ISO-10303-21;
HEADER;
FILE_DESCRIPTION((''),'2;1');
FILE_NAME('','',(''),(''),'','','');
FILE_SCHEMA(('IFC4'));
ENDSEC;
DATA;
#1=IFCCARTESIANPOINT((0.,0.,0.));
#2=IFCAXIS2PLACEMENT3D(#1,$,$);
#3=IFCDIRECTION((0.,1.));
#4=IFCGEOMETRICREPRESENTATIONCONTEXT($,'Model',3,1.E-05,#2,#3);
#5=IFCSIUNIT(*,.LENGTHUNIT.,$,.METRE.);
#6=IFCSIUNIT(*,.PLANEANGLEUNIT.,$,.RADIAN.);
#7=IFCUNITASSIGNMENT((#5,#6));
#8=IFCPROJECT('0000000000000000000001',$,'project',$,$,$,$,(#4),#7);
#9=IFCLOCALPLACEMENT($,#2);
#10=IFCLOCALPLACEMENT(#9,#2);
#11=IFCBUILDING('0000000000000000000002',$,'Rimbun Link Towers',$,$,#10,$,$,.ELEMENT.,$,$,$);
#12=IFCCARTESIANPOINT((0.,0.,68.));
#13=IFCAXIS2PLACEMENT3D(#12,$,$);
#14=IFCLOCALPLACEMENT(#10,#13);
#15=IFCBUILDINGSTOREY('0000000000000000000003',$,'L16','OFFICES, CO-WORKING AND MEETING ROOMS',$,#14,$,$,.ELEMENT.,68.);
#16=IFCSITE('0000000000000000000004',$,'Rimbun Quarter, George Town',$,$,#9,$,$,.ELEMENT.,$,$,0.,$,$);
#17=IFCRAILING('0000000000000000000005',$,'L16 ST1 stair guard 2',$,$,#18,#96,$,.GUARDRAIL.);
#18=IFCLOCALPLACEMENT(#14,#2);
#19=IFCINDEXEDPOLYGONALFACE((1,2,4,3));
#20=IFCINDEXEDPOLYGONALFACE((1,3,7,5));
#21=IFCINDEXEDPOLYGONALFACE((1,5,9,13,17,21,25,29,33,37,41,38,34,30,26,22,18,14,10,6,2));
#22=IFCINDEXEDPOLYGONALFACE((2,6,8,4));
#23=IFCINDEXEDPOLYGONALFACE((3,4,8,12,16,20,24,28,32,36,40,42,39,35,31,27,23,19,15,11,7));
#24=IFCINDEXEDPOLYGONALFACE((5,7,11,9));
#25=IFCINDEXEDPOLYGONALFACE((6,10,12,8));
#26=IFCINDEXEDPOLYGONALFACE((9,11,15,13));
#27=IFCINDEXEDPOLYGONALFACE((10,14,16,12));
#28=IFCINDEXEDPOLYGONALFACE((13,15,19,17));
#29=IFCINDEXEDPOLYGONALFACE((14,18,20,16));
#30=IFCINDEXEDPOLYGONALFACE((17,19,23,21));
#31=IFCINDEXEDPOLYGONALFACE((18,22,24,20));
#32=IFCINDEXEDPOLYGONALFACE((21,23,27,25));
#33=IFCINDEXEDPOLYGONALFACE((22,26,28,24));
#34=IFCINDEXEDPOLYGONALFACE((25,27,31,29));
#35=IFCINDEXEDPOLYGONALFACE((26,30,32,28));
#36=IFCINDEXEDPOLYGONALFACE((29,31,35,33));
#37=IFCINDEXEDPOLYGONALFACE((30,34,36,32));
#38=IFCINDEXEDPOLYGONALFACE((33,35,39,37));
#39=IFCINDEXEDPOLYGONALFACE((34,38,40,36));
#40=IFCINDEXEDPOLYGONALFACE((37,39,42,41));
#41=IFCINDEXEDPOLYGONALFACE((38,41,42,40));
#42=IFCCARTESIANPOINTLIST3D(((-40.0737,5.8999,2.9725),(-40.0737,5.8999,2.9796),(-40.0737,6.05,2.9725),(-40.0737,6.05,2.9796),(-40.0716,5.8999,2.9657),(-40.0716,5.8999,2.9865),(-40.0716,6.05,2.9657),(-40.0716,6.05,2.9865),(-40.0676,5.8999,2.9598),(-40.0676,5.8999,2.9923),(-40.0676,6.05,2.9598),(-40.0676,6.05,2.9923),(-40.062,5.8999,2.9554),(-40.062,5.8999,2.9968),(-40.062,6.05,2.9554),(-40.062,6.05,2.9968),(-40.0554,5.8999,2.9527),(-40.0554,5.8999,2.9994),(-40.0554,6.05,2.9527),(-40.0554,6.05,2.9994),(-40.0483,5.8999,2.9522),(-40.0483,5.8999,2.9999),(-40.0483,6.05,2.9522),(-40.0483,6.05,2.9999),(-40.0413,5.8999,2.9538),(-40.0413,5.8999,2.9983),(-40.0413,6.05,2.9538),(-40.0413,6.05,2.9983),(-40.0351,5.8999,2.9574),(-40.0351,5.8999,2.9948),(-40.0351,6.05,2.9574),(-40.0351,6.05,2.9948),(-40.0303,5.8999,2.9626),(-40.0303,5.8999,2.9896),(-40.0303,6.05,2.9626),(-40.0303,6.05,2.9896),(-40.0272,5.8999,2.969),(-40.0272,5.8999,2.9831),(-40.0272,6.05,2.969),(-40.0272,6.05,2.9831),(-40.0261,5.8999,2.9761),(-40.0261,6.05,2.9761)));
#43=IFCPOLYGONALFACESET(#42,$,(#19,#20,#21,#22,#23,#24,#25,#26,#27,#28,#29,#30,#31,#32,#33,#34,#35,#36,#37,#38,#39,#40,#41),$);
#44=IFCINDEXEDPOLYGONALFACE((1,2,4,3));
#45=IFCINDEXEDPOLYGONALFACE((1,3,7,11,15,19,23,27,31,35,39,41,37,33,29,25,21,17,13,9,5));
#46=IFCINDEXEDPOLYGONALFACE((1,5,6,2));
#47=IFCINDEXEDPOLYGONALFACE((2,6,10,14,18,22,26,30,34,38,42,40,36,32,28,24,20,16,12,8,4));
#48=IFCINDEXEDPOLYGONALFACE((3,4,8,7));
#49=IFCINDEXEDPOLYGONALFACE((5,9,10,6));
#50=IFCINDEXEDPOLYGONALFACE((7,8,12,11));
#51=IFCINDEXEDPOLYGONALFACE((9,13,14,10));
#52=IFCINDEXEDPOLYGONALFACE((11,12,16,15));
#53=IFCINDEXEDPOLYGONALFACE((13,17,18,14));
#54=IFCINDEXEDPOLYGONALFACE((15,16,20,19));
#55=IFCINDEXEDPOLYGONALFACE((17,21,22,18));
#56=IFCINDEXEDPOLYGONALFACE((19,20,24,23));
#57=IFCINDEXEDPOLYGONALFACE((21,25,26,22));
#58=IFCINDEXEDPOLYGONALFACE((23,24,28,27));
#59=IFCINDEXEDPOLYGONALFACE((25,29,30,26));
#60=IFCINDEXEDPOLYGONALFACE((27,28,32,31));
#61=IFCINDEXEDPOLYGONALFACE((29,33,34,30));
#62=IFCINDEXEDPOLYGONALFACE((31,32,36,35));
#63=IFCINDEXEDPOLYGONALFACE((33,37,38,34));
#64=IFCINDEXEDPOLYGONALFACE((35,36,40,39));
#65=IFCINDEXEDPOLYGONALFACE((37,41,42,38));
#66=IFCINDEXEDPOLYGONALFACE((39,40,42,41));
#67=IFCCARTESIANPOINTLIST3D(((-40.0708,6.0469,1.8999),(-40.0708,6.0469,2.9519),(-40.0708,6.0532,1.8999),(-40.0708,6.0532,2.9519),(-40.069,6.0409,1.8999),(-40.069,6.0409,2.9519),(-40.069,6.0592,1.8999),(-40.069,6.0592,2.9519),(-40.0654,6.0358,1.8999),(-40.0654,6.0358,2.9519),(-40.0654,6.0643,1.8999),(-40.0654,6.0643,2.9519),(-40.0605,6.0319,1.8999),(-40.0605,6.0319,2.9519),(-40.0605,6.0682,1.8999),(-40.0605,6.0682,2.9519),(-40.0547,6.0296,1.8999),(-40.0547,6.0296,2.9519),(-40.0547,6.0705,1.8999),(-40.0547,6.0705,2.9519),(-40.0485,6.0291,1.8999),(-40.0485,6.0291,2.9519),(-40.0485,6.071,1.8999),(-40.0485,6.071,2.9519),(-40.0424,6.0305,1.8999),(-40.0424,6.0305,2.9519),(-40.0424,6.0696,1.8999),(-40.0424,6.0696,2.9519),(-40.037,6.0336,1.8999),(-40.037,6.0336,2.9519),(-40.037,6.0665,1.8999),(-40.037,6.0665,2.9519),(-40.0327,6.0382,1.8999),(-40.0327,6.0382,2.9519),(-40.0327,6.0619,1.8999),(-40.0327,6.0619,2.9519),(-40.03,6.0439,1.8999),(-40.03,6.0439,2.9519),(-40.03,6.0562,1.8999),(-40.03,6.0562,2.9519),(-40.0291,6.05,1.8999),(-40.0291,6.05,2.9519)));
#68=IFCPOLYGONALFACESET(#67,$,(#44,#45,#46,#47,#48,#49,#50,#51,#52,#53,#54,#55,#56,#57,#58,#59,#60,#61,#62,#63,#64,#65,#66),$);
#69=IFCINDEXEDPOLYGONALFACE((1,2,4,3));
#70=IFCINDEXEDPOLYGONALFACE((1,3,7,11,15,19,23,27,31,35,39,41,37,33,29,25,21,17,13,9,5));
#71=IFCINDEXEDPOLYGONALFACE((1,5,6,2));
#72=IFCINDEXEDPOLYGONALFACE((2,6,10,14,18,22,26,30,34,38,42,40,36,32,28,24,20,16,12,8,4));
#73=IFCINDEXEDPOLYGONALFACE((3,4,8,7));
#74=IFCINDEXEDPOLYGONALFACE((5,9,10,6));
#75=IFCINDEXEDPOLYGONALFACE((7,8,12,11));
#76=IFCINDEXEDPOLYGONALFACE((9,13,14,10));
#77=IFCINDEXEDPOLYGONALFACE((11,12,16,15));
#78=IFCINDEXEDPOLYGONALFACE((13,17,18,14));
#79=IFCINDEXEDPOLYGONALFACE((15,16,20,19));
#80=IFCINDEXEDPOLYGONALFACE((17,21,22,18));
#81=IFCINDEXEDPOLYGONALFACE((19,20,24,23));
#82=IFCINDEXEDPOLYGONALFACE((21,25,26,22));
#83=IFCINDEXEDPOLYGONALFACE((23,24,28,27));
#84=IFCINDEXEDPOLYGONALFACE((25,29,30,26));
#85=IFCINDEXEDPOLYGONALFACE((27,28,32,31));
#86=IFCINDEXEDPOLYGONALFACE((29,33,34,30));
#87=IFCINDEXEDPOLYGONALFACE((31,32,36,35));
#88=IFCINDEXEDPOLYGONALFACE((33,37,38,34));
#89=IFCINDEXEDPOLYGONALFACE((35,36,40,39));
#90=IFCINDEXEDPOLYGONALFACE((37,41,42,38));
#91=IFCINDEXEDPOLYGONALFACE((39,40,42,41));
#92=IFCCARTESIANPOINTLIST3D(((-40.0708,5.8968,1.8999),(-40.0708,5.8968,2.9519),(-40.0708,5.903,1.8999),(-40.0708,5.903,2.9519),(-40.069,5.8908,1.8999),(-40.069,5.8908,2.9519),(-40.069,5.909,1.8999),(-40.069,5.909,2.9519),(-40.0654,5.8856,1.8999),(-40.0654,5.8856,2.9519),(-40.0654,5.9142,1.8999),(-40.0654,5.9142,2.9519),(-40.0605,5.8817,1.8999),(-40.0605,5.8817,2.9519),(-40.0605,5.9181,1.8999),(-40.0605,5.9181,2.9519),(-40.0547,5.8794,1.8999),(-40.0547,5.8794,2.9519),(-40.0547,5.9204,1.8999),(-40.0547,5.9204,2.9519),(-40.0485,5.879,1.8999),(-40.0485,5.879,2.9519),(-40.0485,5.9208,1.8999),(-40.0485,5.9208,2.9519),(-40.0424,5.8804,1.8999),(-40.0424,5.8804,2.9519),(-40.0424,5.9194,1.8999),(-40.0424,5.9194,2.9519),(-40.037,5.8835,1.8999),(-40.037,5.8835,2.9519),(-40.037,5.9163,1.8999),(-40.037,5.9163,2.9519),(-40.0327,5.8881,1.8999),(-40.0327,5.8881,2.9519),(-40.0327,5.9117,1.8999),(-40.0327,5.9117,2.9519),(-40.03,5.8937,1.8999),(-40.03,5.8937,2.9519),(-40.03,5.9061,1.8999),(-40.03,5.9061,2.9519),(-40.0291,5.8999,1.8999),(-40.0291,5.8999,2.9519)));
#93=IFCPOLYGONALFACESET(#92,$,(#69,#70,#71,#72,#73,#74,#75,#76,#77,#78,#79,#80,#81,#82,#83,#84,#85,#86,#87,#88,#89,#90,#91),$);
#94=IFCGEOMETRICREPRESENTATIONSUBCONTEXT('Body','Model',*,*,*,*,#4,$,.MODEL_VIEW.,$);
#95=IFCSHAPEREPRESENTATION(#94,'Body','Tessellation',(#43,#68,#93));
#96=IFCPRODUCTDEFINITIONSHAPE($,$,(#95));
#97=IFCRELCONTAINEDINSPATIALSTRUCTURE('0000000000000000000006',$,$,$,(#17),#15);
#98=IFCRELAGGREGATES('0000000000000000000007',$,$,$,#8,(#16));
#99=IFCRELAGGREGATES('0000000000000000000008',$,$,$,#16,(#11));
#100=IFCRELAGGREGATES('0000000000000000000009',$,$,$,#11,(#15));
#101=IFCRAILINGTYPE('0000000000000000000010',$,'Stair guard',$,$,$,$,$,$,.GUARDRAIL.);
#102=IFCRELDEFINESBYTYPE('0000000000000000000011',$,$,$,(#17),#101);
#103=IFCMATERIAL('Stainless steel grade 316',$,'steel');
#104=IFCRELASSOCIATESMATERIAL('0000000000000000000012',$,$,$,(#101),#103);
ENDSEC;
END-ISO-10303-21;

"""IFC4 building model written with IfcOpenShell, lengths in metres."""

from ifc_helpers import new_model, si_unit, direction, frame, origin, origin_2d, place, context, subcontext, project, spatial, circle, extrude, material, type_object, element, save


model = new_model("IFC4")

# Units and contexts
model_context = context("Model", 3, precision=1e-05, world=origin(), true_north=direction((0.0, 1.0)))
body_context = subcontext(model_context, "Body", "Model", "MODEL_VIEW")
ifc_project = project(units=[si_unit("LENGTHUNIT", "METRE"), si_unit("PLANEANGLEUNIT", "RADIAN")], contexts=[model_context])

# Site, building, storey
site_placement = place(None, origin())
site = spatial("IfcSite", under=ifc_project, at=site_placement, Name="Rimbun Quarter, George Town", CompositionType="ELEMENT", RefElevation=0.0)
building_placement = place(site_placement, origin())
building = spatial("IfcBuilding", under=site, at=building_placement, Name="Rimbun Link Towers", CompositionType="ELEMENT")
storey_placement = place(building_placement, frame((0.0, 0.0, 68.0)))
storey = spatial("IfcBuildingStorey", under=building, at=storey_placement, Name="L16", Description="OFFICES, CO-WORKING AND MEETING ROOMS", CompositionType="ELEMENT", Elevation=68.0)

# Railing
ifc_material_1 = material(Name="Stainless steel grade 316", Category="steel")
railing_type_1 = type_object("IfcRailingType", Name="Stair guard", PredefinedType="GUARDRAIL", material=ifc_material_1)
railing_1_placement = place(storey_placement, frame((-40.05, 6.05, 1.8999)))
element("IfcRailing", 1, at=railing_1_placement, inside=storey, type_object=railing_type_1, Name="L16 ST1 stair guard 2", PredefinedType="GUARDRAIL", context=body_context, shape_type="SweptSolid", body=[
    extrude(circle(Radius=0.0239, at=origin_2d()), frame((0.0, 0.0, 1.0762), z_axis=(0.0, -1.0, 0.0), x_axis=(1.0, 0.0, 0.0)), (0.0, 0.0, 1.0), 0.1501),
    extrude(circle(Radius=0.021, at=origin_2d()), origin(), (0.0, 0.0, 1.0), 1.052),
    extrude(circle(Radius=0.021, at=origin_2d()), frame((0.0, -0.1501, 0.0)), (0.0, 0.0, 1.0), 1.052),
])

save(model, "model.ifc")
